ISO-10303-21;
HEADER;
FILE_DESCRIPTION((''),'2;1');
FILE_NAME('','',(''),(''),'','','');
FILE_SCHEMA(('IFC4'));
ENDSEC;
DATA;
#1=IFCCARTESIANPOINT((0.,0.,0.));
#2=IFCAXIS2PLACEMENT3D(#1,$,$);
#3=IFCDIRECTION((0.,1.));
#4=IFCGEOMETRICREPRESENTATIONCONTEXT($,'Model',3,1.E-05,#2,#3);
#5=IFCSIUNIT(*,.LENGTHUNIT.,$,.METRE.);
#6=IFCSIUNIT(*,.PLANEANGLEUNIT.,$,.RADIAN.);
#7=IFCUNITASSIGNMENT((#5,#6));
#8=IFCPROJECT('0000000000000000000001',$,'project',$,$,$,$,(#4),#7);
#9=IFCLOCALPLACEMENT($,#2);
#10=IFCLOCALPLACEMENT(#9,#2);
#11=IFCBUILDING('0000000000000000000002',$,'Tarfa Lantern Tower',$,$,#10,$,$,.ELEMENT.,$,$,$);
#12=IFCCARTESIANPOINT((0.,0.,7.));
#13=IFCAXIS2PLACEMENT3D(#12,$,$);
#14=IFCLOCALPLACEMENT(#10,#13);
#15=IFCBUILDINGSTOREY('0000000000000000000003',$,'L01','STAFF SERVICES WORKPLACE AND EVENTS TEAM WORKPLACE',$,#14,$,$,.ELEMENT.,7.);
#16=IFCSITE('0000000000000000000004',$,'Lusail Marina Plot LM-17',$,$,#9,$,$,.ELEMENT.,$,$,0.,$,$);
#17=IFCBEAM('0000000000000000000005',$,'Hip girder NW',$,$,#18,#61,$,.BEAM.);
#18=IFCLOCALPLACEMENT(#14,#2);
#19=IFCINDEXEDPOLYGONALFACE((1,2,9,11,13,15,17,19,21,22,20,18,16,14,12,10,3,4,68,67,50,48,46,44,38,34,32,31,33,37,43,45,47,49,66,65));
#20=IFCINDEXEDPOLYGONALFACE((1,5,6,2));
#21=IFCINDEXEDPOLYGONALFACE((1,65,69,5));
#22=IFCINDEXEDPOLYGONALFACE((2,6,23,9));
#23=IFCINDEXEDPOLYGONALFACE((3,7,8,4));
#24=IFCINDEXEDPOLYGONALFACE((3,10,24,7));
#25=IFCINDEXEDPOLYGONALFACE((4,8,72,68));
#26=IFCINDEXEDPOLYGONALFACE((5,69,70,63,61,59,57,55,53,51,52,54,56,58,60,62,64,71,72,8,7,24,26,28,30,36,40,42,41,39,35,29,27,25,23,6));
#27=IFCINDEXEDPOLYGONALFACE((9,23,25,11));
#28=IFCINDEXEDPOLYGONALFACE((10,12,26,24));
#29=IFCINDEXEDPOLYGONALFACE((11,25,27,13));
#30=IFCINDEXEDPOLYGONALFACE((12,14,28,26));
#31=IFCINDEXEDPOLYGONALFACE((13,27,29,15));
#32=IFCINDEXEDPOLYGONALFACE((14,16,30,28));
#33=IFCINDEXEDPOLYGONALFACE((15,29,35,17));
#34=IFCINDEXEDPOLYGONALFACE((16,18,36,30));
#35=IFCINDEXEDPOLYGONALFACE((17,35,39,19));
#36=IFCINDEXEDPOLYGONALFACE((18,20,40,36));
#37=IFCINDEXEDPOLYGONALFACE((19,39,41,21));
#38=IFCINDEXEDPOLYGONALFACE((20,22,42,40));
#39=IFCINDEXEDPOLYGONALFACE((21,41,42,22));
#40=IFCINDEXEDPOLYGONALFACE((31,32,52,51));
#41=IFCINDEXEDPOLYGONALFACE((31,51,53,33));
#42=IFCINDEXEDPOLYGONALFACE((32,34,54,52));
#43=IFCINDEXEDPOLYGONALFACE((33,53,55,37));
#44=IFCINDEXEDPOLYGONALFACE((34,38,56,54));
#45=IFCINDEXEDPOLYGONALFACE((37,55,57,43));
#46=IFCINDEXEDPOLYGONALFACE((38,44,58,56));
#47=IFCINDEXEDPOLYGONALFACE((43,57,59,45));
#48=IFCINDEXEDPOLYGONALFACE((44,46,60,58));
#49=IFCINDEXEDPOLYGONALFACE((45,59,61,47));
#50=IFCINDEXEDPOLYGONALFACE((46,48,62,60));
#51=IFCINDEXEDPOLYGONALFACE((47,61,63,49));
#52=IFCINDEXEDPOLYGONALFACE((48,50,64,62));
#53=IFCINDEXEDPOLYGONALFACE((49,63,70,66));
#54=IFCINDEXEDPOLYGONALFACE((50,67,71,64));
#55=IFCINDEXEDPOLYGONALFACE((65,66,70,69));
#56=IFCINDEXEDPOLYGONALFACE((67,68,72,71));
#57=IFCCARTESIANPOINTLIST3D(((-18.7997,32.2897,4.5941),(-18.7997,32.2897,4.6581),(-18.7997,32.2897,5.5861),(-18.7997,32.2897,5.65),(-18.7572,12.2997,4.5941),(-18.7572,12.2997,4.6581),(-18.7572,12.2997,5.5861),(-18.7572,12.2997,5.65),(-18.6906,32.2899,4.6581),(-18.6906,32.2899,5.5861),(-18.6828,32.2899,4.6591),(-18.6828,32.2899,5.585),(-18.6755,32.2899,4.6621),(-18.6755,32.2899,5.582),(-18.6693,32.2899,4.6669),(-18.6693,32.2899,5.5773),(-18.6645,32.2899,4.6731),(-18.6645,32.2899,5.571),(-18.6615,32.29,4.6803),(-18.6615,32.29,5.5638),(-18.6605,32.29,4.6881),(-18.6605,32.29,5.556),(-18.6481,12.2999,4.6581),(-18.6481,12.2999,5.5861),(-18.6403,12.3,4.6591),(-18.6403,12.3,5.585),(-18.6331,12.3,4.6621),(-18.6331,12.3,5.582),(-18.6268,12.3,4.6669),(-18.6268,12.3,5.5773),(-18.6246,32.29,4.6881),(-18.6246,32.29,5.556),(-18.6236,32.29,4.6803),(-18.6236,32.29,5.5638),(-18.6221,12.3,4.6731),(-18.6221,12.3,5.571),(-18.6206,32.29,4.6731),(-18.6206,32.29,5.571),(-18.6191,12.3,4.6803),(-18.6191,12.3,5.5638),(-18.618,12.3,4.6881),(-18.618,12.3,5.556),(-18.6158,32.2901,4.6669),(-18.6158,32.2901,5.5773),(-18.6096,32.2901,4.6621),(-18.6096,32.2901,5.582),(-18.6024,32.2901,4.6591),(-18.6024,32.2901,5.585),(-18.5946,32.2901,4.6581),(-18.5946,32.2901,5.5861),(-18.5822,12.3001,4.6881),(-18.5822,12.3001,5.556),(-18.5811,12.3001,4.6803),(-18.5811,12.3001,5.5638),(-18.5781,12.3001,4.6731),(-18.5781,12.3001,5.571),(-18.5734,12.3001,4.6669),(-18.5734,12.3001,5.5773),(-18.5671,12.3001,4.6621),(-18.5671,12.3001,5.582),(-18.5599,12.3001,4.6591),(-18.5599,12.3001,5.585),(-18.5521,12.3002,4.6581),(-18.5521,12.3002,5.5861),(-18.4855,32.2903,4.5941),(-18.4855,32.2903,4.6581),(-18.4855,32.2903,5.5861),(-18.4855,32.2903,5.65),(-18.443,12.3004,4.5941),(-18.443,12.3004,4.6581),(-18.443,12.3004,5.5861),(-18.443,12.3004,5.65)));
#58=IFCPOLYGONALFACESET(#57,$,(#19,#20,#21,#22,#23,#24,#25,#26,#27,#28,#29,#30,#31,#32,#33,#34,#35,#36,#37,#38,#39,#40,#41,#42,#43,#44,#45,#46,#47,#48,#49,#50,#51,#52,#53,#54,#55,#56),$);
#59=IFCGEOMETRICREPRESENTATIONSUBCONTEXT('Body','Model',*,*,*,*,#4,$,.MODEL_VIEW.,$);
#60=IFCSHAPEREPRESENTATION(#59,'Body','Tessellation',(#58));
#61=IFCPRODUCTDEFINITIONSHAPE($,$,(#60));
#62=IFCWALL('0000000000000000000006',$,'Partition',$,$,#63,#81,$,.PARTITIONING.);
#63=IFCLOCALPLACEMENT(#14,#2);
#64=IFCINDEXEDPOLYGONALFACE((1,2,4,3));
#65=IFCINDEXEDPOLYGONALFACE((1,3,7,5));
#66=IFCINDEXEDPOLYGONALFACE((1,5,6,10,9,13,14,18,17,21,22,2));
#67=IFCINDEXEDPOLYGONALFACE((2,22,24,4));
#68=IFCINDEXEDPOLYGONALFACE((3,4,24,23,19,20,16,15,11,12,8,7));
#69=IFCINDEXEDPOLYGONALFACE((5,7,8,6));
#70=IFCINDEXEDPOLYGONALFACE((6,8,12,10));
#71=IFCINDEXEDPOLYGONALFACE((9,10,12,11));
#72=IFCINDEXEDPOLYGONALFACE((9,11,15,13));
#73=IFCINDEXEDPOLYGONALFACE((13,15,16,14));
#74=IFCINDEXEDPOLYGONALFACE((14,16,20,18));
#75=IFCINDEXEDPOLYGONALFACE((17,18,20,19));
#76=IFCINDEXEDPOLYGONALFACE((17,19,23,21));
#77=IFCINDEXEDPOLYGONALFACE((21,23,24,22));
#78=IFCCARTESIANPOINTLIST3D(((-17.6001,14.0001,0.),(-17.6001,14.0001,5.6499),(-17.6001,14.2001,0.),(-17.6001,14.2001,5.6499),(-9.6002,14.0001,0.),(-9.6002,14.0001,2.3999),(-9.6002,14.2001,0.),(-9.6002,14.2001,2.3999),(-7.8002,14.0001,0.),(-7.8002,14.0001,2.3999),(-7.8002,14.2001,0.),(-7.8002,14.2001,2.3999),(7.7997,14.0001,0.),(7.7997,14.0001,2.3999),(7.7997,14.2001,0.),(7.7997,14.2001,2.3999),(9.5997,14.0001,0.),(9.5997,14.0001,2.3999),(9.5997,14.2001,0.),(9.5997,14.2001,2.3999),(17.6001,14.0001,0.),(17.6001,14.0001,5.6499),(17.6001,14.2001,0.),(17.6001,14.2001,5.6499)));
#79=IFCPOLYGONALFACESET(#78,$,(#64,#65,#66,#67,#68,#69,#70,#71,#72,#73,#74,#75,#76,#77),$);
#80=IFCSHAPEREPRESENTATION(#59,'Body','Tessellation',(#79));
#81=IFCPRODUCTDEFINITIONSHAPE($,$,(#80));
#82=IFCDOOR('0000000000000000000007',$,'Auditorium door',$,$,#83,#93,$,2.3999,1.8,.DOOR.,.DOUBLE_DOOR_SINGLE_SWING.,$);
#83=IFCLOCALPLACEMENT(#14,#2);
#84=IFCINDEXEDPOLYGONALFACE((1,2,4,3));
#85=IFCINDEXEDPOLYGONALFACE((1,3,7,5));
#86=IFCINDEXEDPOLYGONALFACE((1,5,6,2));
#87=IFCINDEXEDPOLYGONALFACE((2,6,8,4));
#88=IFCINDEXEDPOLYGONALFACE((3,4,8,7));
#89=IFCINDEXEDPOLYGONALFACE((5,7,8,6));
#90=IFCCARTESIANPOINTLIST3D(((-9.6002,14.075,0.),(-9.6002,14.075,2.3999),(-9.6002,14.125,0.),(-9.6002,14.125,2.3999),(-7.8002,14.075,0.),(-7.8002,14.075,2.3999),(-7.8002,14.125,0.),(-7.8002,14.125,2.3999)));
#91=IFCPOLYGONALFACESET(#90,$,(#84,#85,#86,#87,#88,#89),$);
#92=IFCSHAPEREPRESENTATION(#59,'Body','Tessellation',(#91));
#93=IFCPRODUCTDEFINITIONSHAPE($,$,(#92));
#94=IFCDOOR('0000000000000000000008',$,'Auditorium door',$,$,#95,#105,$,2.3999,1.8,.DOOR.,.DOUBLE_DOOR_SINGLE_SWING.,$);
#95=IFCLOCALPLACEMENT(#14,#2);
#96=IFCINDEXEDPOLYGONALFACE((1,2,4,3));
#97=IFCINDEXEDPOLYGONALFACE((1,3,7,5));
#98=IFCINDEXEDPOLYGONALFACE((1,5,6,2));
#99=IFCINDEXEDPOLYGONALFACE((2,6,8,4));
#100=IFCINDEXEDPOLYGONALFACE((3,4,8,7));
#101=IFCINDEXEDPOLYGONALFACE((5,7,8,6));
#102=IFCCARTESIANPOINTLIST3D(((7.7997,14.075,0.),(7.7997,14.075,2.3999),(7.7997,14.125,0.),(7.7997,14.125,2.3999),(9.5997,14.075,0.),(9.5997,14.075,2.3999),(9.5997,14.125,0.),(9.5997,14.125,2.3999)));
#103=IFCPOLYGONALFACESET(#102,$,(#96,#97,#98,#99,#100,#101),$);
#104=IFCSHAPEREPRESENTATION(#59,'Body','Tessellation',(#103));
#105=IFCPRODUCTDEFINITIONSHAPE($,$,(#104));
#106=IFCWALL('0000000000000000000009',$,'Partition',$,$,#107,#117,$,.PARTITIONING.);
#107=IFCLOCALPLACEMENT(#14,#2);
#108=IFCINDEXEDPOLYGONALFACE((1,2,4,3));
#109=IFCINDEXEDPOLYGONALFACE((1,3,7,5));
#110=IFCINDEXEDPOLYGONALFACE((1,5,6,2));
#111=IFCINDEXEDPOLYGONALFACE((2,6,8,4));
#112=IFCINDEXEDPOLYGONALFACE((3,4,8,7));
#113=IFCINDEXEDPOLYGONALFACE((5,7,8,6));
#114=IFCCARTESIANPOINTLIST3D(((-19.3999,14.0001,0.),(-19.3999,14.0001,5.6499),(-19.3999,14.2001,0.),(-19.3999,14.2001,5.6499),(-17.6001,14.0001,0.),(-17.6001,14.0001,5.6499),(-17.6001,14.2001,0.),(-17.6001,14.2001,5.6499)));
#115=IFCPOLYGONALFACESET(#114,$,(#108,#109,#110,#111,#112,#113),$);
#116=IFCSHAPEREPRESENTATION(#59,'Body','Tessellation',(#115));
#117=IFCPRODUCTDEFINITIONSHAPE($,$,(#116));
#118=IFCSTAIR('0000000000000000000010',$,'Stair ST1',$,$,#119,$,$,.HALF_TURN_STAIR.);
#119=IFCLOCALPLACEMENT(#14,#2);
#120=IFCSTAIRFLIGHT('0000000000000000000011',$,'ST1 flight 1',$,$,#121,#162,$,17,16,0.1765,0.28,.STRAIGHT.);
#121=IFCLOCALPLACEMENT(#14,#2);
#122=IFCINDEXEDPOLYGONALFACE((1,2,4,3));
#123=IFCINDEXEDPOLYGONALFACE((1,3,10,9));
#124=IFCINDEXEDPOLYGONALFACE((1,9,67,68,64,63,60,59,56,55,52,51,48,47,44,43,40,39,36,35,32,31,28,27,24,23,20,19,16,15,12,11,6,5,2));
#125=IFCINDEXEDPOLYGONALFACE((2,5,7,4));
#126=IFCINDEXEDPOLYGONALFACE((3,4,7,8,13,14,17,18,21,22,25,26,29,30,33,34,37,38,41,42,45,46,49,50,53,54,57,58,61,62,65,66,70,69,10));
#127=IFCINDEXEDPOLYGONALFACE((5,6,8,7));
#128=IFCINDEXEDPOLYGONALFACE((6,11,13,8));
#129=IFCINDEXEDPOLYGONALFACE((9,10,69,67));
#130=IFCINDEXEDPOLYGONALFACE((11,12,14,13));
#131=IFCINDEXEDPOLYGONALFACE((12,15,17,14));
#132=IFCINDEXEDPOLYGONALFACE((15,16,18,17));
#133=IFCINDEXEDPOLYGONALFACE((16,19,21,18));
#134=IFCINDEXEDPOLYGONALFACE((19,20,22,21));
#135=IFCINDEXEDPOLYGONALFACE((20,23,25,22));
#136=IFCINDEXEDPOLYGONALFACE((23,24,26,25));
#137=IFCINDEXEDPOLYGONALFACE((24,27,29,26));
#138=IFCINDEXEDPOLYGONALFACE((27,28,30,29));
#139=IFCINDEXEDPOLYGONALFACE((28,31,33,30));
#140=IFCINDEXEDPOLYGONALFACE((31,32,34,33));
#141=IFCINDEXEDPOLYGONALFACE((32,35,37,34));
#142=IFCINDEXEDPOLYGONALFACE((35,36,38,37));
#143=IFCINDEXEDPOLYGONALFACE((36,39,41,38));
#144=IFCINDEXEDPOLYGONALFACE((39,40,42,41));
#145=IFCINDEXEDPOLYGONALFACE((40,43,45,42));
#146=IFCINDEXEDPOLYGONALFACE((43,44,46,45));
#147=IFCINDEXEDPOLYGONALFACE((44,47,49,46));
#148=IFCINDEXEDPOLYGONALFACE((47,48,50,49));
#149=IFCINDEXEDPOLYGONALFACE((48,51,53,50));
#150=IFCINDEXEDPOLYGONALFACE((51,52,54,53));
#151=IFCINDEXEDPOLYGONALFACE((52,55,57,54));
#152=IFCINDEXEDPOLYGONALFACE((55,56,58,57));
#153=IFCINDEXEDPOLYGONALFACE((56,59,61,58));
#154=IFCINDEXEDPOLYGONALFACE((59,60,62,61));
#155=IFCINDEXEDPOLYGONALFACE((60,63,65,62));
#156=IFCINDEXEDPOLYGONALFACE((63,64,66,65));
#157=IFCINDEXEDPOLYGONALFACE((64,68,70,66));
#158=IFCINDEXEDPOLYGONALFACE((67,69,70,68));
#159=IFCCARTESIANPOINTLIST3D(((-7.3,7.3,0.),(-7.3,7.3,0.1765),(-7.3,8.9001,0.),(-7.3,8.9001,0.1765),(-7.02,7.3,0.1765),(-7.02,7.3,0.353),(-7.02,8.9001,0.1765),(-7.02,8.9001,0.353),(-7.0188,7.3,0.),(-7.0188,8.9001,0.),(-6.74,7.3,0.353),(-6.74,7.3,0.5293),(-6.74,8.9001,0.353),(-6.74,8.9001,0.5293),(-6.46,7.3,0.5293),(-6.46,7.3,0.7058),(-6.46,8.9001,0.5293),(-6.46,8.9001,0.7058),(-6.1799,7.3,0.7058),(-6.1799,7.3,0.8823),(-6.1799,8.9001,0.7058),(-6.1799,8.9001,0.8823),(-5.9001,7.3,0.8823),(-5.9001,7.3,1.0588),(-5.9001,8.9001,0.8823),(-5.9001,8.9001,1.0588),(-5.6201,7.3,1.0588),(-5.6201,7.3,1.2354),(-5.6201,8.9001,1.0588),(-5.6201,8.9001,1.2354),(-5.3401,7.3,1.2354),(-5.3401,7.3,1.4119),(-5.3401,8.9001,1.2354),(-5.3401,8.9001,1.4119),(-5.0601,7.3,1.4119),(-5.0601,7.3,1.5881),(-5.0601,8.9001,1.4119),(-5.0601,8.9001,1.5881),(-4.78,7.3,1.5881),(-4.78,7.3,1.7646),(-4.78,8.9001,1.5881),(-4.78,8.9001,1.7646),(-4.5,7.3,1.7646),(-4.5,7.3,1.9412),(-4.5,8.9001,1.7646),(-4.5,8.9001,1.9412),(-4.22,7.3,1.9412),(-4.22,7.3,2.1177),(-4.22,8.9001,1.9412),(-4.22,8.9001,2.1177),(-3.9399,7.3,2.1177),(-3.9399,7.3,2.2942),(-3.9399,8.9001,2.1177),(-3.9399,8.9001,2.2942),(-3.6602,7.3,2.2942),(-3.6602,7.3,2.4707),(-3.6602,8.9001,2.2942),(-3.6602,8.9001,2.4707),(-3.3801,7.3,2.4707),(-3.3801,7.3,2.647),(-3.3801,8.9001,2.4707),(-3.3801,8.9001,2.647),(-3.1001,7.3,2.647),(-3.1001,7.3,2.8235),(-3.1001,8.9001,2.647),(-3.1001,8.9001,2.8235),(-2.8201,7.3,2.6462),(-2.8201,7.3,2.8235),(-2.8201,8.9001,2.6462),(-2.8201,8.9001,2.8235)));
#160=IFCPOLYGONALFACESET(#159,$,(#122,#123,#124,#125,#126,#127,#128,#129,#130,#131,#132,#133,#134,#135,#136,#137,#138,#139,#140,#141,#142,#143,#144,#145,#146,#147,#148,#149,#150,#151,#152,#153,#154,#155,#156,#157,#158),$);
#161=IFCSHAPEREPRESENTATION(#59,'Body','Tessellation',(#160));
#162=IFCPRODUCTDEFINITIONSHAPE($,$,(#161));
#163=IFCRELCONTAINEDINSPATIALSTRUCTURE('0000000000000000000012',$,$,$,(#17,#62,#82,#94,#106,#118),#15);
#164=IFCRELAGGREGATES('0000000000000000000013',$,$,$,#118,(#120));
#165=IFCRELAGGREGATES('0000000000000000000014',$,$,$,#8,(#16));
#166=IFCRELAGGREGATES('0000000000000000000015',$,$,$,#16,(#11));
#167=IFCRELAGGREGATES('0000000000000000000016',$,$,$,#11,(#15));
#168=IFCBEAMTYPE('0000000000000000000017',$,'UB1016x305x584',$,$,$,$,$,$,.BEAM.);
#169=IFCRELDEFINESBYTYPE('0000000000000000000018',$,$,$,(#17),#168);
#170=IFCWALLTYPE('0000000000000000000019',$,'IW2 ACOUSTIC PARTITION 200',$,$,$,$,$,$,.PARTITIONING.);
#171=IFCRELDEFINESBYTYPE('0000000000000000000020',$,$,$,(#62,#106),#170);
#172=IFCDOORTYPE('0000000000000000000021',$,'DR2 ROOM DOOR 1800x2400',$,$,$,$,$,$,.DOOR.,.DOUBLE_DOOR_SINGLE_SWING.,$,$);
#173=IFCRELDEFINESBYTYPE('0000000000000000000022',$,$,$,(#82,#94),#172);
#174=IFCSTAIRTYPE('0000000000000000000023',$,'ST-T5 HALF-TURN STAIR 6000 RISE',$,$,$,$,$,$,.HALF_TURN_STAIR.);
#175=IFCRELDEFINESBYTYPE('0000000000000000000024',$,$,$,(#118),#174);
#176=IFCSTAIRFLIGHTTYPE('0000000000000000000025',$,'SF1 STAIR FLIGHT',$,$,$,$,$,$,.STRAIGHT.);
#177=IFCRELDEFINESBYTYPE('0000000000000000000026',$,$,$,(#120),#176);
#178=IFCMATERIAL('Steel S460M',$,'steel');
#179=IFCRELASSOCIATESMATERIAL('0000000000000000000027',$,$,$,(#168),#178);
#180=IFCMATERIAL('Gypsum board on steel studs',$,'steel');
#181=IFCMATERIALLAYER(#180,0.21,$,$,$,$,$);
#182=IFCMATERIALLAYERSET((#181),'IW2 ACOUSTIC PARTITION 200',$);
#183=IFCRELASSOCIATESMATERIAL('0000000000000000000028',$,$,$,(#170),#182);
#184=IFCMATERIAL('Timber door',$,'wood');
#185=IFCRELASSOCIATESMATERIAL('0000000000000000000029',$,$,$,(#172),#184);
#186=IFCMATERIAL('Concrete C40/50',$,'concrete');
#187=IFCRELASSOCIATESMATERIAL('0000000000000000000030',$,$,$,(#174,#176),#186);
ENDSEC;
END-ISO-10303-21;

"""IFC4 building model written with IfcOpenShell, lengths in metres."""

from ifc_helpers import new_model, si_unit, direction, frame, frame_2d, origin, origin_2d, place, context, subcontext, project, spatial, polyline, rectangle, i_section, outline, extrude, material, layer, layer_set, material_profile, profile_set, type_object, element, fill, aggregate, save


model = new_model("IFC4")

# Units and contexts
model_context = context("Model", 3, precision=1e-05, world=origin(), true_north=direction((0.0, 1.0)))
body_context = subcontext(model_context, "Body", "Model", "MODEL_VIEW")
ifc_project = project(units=[si_unit("LENGTHUNIT", "METRE"), si_unit("PLANEANGLEUNIT", "RADIAN")], contexts=[model_context])

# Site, building, storey
site_placement = place(None, origin())
site = spatial("IfcSite", under=ifc_project, at=site_placement, Name="Lusail Marina Plot LM-17", CompositionType="ELEMENT", RefElevation=0.0)
building_placement = place(site_placement, origin())
building = spatial("IfcBuilding", under=site, at=building_placement, Name="Tarfa Lantern Tower", CompositionType="ELEMENT")
storey_placement = place(building_placement, frame((0.0, 0.0, 7.0)))
storey = spatial("IfcBuildingStorey", under=building, at=storey_placement, Name="L01", Description="STAFF SERVICES WORKPLACE AND EVENTS TEAM WORKPLACE", CompositionType="ELEMENT", Elevation=7.0)

# Beam
ifc_material_1 = material(Name="Steel S460M", Category="steel")
ifc_material_profile = material_profile(ifc_material_1, i_section(OverallWidth=0.3142, OverallDepth=1.0559, WebThickness=0.0359, FlangeThickness=0.064, FilletRadius=0.03, at=origin_2d()), Name="UB1016x305x584")
ifc_profile_set = profile_set([ifc_material_profile], Name="Steel S460M")
beam_type = type_object("IfcBeamType", Name="UB1016x305x584", PredefinedType="BEAM", material=ifc_profile_set)
beam_placement = place(storey_placement, frame((-18.6001, 12.3, 5.1221), z_axis=(-0.002125, 0.999998, 0.0), x_axis=(-0.999998, -0.002125, 0.0)))
element("IfcBeam", 1, at=beam_placement, inside=storey, type_object=beam_type, Name="Hip girder NW", PredefinedType="BEAM", context=body_context, shape_type="SweptSolid", body=[
    extrude(i_section(OverallWidth=0.3142, OverallDepth=1.0559, WebThickness=0.0359, FlangeThickness=0.064, FilletRadius=0.03, at=origin_2d()), origin(), (0.0, 0.0, 1.0), 19.99),
])

# Wall, openings, doors
ifc_material_2 = material(Name="Gypsum board on steel studs", Category="steel")
ifc_layer_1 = layer(ifc_material_2, 0.21)
ifc_layer_set_1 = layer_set([ifc_layer_1], Name="IW2 ACOUSTIC PARTITION 200")
wall_type_1 = type_object("IfcWallType", Name="IW2 ACOUSTIC PARTITION 200", PredefinedType="PARTITIONING", material=ifc_layer_set_1)
wall_1_placement = place(storey_placement, frame((-17.6001, 14.1001, 0.0), z_axis=(0.0, 0.0, 1.0), x_axis=(1.0, 0.0, 0.0)))
wall_1 = element("IfcWall", 2, at=wall_1_placement, inside=storey, type_object=wall_type_1, Name="Partition", PredefinedType="PARTITIONING", context=body_context, shape_type="SweptSolid", body=[
    extrude(rectangle(XDim=35.2002, YDim=0.2, at=frame_2d((17.6001, 0.0))), origin(), (0.0, 0.0, 1.0), 5.6499),
])
opening_1_placement = place(wall_1_placement, frame((8.0, 0.0, 0.0)))
opening_1 = element("IfcOpeningElement", 3, at=opening_1_placement, cuts=wall_1, PredefinedType="OPENING", context=body_context, shape_type="SweptSolid", body=[
    extrude(rectangle(XDim=1.8, YDim=2.3999, at=frame_2d((0.8999, 1.2))), frame((0.0, 0.1099, 0.0), z_axis=(0.0, -1.0, 0.0), x_axis=(1.0, 0.0, 0.0)), (0.0, 0.0, 1.0), 0.22),
])
opening_2_placement = place(wall_1_placement, frame((25.3999, 0.0, 0.0)))
opening_2 = element("IfcOpeningElement", 4, at=opening_2_placement, cuts=wall_1, PredefinedType="OPENING", context=body_context, shape_type="SweptSolid", body=[
    extrude(rectangle(XDim=1.8, YDim=2.3999, at=frame_2d((0.8999, 1.2))), frame((0.0, 0.1099, 0.0), z_axis=(0.0, -1.0, 0.0), x_axis=(1.0, 0.0, 0.0)), (0.0, 0.0, 1.0), 0.22),
])
ifc_material_3 = material(Name="Timber door", Category="wood")
door_type_1 = type_object("IfcDoorType", Name="DR2 ROOM DOOR 1800x2400", OperationType="DOUBLE_DOOR_SINGLE_SWING", PredefinedType="DOOR", material=ifc_material_3)
door_1_placement = place(opening_1_placement, origin())
door_1 = element("IfcDoor", 5, at=door_1_placement, inside=storey, type_object=door_type_1, Name="Auditorium door", OperationType="DOUBLE_DOOR_SINGLE_SWING", OverallHeight=2.3999, OverallWidth=1.8, PredefinedType="DOOR", context=body_context, shape_type="SweptSolid", body=[
    extrude(rectangle(XDim=1.8, YDim=2.3999, at=frame_2d((0.8999, 1.2))), frame((0.0, 0.0249, 0.0), z_axis=(0.0, -1.0, 0.0), x_axis=(1.0, 0.0, 0.0)), (0.0, 0.0, 1.0), 0.05),
])
fill(opening_1, door_1)
door_2_placement = place(opening_2_placement, origin())
door_2 = element("IfcDoor", 6, at=door_2_placement, inside=storey, type_object=door_type_1, Name="Auditorium door", OperationType="DOUBLE_DOOR_SINGLE_SWING", OverallHeight=2.3999, OverallWidth=1.8, PredefinedType="DOOR", context=body_context, shape_type="SweptSolid", body=[
    extrude(rectangle(XDim=1.8, YDim=2.3999, at=frame_2d((0.8999, 1.2))), frame((0.0, 0.0249, 0.0), z_axis=(0.0, -1.0, 0.0), x_axis=(1.0, 0.0, 0.0)), (0.0, 0.0, 1.0), 0.05),
])
fill(opening_2, door_2)

# Wall
wall_2_placement = place(storey_placement, frame((-19.3999, 14.1001, 0.0), z_axis=(0.0, 0.0, 1.0), x_axis=(1.0, 0.0, 0.0)))
element("IfcWall", 7, at=wall_2_placement, inside=storey, type_object=wall_type_1, Name="Partition", PredefinedType="PARTITIONING", context=body_context, shape_type="SweptSolid", body=[
    extrude(rectangle(XDim=1.7998, YDim=0.2, at=frame_2d((0.8999, 0.0))), origin(), (0.0, 0.0, 1.0), 5.6499),
])

# Stair, stair flight
ifc_material_4 = material(Name="Concrete C40/50", Category="concrete")
stair_type = type_object("IfcStairType", Name="ST-T5 HALF-TURN STAIR 6000 RISE", PredefinedType="HALF_TURN_STAIR", material=ifc_material_4)
stair_placement = place(storey_placement, origin())
stair = element("IfcStair", 8, at=stair_placement, inside=storey, type_object=stair_type, Name="Stair ST1", PredefinedType="HALF_TURN_STAIR")
stair_flight_type = type_object("IfcStairFlightType", Name="SF1 STAIR FLIGHT", PredefinedType="STRAIGHT", material=ifc_material_4)
stair_flight_1_placement = place(storey_placement, frame((-7.3, 8.1001, 0.0), z_axis=(0.0, 0.0, 1.0), x_axis=(1.0, 0.0, 0.0)))
stair_flight_1 = element("IfcStairFlight", 9, at=stair_flight_1_placement, type_object=stair_flight_type, Name="ST1 flight 1", NumberOfRisers=17, NumberOfTreads=16, PredefinedType="STRAIGHT", RiserHeight=0.1765, TreadLength=0.28, context=body_context, shape_type="SweptSolid", body=[
    extrude(outline(polyline([(0.0, 0.0), (0.0, 0.1765), (0.28, 0.1765), (0.28, 0.353), (0.5601, 0.353), (0.5601, 0.5293), (0.8401, 0.5293), (0.8401, 0.7058), (1.1201, 0.7058), (1.1201, 0.8823), (1.3999, 0.8823), (1.3999, 1.0588), (1.6799, 1.0588), (1.6799, 1.2354), (1.96, 1.2354), (1.96, 1.4119), (2.24, 1.4119), (2.24, 1.5881), (2.52, 1.5881), (2.52, 1.7646), (2.8, 1.7646), (2.8, 1.9412), (3.0801, 1.9412), (3.0801, 2.1177), (3.3601, 2.1177), (3.3601, 2.2942), (3.6399, 2.2942), (3.6399, 2.4707), (3.9199, 2.4707), (3.9199, 2.647), (4.2, 2.647), (4.2, 2.8235), (4.48, 2.8235), (4.48, 3.0), (4.48, 2.6462), (0.2812, 0.0), (0.0, 0.0)])), frame((0.0, 0.8, 0.0), z_axis=(0.0, -1.0, 0.0), x_axis=(1.0, 0.0, 0.0)), (0.0, 0.0, 1.0), 1.6001),
])
aggregate(stair, [stair_flight_1])

save(model, "model.ifc")
